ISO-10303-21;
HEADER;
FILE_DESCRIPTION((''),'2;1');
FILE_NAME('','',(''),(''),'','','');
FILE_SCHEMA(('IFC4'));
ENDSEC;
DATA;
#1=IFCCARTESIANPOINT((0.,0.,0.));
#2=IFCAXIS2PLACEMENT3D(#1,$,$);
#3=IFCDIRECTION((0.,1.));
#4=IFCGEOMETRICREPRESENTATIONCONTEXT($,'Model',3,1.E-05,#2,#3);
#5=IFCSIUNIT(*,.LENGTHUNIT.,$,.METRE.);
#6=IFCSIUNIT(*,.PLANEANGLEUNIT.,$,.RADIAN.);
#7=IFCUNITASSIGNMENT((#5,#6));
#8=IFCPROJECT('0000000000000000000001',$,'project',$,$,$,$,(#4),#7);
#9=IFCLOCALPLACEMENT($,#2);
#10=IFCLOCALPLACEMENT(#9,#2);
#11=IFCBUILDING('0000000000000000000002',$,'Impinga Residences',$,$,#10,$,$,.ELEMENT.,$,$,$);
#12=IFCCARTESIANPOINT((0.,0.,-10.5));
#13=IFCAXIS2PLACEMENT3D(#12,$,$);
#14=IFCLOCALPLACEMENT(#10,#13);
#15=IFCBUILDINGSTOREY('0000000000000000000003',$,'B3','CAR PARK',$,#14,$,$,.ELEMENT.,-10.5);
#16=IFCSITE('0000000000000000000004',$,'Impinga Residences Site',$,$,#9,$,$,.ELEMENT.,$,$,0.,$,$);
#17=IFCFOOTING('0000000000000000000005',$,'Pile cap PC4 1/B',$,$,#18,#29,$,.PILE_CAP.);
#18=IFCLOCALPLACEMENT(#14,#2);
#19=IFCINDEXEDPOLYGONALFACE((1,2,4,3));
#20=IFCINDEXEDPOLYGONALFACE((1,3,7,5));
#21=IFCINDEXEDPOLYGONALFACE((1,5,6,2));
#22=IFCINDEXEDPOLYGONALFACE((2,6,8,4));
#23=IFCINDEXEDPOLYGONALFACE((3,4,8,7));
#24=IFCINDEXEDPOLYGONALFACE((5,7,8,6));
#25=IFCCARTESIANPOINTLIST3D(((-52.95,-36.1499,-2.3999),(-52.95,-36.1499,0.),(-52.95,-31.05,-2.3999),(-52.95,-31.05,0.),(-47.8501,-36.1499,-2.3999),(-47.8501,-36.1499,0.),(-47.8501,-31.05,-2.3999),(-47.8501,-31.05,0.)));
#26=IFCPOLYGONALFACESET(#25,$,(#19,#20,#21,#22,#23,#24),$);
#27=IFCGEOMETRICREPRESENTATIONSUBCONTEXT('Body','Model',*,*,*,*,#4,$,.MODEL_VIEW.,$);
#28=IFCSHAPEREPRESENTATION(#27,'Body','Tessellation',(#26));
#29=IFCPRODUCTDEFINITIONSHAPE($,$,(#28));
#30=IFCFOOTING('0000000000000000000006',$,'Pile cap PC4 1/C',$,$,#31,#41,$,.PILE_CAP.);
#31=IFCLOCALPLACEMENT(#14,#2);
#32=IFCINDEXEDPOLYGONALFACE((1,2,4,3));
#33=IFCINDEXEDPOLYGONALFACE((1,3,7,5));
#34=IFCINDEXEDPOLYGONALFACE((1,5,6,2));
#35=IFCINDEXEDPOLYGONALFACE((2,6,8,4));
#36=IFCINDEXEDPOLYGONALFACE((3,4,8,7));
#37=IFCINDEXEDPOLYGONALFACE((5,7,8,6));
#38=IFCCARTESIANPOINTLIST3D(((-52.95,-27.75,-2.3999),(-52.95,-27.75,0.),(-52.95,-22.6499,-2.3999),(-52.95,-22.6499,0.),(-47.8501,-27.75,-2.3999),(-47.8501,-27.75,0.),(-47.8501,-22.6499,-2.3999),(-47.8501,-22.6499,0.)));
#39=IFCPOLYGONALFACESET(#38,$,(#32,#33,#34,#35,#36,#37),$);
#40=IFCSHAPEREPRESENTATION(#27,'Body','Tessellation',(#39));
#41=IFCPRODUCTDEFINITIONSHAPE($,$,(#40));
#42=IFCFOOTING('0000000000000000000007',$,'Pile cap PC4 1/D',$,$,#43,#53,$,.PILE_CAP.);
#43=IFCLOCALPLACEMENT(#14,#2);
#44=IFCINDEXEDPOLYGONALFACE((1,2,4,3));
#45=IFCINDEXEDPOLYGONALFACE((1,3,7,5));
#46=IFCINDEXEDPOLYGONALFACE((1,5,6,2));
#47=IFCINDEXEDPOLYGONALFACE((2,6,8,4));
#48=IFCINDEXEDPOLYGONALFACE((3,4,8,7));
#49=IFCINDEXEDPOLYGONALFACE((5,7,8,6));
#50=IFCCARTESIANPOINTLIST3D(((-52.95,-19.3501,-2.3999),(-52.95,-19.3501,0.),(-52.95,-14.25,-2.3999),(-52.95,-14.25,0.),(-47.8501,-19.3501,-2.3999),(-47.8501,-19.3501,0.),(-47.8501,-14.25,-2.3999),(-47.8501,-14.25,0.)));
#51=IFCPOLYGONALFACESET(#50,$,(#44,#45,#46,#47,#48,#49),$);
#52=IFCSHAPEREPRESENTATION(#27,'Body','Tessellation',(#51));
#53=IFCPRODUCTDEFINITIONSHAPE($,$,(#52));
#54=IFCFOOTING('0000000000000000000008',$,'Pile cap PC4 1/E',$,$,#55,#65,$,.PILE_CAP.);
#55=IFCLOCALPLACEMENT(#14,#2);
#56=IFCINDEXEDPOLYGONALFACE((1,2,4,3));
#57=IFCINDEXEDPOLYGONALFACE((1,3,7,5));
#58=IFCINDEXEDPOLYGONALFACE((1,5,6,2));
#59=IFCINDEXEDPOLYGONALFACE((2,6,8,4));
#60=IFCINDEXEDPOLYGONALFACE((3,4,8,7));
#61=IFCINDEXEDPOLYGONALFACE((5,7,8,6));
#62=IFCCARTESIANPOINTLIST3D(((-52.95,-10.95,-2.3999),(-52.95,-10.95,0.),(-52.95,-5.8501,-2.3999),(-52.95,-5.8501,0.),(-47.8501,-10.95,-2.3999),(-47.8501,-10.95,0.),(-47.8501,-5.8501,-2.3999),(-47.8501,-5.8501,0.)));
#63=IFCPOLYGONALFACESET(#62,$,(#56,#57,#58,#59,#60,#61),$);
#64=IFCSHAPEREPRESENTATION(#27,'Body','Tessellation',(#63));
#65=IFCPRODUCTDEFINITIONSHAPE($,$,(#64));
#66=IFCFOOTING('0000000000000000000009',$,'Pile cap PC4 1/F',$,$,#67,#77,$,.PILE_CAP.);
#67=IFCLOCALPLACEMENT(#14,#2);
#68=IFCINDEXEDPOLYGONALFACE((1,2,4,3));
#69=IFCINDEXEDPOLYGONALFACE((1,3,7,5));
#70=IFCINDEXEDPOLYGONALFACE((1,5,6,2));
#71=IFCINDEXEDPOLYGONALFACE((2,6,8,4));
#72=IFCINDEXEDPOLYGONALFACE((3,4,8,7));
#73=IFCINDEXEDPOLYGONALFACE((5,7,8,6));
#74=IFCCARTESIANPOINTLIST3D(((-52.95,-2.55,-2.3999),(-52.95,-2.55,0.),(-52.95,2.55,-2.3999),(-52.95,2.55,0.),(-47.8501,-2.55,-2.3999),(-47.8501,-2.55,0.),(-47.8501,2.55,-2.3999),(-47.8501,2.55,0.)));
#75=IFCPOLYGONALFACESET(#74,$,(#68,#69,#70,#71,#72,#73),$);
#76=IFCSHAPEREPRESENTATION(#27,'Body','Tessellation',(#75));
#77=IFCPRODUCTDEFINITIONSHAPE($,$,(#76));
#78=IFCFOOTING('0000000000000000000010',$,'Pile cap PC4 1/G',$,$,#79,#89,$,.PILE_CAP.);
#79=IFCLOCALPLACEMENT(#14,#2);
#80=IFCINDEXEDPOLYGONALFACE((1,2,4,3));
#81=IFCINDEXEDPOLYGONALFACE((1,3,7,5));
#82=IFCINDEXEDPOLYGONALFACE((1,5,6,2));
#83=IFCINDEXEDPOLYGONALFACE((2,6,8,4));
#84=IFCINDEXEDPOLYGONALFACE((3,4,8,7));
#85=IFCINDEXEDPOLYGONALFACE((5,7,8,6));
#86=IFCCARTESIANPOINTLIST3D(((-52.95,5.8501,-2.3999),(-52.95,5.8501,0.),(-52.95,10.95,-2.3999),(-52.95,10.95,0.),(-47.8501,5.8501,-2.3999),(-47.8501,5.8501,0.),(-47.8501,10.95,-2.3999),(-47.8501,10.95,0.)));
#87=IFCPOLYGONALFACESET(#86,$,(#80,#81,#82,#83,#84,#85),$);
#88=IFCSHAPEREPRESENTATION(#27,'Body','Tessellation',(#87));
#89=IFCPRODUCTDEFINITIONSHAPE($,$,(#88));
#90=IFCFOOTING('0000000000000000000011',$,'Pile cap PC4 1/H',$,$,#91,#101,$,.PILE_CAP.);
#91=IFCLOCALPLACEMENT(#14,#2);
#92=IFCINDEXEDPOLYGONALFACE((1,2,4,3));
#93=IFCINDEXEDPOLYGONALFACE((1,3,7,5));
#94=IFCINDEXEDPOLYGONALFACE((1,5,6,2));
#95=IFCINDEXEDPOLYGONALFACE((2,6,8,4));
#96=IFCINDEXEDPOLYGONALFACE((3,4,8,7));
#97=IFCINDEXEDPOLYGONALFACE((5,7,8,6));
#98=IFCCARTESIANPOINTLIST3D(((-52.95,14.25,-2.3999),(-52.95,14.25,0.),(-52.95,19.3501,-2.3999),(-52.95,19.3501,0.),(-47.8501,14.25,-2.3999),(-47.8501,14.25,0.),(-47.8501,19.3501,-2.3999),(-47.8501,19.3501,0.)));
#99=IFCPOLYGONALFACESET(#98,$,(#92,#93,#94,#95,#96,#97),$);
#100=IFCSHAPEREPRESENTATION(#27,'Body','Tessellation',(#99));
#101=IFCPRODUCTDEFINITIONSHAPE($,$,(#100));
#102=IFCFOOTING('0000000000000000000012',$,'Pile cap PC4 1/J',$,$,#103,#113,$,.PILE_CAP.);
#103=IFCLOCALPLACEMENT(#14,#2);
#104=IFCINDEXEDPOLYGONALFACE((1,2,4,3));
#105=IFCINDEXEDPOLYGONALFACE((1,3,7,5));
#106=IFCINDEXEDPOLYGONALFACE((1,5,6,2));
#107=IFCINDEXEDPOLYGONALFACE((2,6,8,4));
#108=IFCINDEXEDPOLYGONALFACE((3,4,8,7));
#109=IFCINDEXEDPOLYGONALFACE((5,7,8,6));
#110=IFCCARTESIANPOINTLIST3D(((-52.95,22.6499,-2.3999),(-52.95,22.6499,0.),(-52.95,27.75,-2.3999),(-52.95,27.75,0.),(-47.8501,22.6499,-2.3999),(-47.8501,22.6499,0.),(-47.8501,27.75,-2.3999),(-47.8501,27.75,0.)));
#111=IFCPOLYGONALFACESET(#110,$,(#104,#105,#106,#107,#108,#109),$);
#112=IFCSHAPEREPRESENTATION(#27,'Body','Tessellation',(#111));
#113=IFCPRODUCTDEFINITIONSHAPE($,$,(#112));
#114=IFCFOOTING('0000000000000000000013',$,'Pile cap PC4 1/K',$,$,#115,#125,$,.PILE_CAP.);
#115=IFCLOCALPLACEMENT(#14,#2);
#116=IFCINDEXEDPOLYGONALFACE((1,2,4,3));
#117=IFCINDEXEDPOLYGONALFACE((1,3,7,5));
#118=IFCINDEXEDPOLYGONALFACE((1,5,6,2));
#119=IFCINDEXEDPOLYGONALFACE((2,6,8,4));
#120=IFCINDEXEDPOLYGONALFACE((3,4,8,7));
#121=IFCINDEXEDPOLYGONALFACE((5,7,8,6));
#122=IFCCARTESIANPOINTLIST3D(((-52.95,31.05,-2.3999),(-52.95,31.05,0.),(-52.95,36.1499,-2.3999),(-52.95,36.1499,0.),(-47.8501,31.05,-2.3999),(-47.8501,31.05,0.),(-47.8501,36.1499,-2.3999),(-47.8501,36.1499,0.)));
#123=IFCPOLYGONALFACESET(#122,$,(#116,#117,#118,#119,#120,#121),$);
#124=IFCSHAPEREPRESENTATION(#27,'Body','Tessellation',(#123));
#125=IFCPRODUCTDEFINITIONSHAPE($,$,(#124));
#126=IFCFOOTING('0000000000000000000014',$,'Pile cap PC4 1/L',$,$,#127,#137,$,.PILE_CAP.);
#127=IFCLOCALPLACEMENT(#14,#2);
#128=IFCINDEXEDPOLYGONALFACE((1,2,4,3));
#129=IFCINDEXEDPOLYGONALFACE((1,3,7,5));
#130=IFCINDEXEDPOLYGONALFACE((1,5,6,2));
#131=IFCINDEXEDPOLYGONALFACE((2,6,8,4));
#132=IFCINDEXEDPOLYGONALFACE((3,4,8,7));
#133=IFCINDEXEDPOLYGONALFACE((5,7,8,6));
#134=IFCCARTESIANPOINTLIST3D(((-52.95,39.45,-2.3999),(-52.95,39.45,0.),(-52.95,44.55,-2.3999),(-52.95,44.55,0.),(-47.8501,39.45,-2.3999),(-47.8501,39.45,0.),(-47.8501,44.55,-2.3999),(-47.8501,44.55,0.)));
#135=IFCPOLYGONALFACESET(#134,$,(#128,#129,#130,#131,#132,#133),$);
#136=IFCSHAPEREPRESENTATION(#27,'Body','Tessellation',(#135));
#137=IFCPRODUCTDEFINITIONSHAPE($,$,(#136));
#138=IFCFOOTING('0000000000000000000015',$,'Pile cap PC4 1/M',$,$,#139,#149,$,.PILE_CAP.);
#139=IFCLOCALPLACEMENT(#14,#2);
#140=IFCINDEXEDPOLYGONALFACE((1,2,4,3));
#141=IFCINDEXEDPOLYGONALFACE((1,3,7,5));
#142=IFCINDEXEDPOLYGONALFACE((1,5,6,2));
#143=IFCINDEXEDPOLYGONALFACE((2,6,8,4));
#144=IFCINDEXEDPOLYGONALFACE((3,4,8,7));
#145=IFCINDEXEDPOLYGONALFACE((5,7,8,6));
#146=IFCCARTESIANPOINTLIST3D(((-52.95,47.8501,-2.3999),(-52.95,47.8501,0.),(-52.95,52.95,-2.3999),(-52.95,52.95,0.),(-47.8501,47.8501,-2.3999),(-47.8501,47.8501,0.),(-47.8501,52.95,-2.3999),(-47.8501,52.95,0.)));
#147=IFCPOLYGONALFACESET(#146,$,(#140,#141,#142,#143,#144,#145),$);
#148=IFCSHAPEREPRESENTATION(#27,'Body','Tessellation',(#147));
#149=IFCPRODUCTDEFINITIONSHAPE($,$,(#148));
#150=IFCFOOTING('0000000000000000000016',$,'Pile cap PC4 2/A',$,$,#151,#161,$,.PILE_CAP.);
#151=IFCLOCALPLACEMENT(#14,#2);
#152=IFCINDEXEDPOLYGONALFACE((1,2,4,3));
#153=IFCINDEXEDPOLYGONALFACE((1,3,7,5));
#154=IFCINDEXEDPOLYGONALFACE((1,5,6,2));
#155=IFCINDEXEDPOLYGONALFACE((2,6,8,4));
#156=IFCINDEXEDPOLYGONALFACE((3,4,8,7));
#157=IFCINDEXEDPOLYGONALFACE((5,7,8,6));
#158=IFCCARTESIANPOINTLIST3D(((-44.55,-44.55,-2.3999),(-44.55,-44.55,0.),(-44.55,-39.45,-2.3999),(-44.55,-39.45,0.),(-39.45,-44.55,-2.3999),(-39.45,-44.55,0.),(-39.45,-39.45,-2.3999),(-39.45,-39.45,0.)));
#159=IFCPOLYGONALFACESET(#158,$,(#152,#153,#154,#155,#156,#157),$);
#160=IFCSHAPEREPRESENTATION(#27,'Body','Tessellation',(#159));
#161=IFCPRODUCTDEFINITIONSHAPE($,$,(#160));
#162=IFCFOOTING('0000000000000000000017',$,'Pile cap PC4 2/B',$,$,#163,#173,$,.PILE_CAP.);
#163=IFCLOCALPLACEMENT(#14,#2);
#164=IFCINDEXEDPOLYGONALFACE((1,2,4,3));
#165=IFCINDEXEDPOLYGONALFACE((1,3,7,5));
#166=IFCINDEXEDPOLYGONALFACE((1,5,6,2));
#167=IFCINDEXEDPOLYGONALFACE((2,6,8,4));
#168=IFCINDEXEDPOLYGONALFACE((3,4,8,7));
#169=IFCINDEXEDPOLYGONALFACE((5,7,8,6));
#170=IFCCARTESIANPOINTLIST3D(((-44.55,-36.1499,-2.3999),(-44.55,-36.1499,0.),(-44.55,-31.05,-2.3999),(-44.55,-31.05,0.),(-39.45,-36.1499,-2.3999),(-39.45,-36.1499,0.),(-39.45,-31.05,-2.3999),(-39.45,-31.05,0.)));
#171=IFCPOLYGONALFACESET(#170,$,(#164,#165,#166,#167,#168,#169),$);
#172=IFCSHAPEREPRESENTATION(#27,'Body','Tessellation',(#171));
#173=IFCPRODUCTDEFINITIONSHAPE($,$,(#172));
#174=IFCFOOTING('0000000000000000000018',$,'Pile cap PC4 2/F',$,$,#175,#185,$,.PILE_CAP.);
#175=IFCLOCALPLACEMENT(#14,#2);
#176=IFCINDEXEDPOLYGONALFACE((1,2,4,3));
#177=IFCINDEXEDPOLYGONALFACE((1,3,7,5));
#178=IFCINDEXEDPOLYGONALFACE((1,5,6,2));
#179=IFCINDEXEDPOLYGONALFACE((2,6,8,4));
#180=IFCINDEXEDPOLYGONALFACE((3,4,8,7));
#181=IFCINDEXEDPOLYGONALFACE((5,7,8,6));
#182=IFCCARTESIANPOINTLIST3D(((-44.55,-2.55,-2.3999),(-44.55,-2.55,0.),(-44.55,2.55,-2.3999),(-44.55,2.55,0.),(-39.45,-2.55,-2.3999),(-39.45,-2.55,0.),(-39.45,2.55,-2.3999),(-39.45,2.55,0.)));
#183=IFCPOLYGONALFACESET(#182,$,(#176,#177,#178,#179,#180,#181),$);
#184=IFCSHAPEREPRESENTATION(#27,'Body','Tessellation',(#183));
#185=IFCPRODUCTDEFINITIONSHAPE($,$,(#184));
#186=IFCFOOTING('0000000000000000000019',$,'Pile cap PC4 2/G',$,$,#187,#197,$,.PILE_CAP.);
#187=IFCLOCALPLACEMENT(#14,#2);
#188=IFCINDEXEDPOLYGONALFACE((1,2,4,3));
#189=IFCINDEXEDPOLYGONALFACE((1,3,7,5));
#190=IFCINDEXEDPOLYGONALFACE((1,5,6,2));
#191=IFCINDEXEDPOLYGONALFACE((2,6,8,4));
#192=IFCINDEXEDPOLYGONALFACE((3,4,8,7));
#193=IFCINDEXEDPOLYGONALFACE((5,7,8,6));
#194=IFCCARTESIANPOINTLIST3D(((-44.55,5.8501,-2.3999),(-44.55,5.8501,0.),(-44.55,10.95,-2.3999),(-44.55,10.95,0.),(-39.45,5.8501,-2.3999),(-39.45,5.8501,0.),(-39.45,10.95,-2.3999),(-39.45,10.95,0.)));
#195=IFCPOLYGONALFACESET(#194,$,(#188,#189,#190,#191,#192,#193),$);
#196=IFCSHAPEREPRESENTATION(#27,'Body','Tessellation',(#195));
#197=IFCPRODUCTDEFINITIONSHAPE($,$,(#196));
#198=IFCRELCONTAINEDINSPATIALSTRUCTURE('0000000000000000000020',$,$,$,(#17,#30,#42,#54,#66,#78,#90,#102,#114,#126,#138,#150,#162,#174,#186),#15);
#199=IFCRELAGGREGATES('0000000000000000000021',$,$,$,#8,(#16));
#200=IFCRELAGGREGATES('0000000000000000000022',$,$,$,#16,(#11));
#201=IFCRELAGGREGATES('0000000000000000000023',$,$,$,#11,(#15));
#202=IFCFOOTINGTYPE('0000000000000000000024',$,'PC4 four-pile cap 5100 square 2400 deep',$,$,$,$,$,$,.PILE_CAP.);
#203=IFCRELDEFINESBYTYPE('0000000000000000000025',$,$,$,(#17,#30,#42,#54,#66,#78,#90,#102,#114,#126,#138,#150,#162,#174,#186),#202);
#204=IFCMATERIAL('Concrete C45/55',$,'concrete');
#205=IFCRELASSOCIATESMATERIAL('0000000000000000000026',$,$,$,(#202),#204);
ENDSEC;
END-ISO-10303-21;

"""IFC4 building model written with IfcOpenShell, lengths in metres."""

from ifc_helpers import new_model, si_unit, direction, frame, origin, place, context, subcontext, project, spatial, polyline, outline, extrude, material, type_object, element, save


model = new_model("IFC4")

# Units and contexts
model_context = context("Model", 3, precision=1e-05, world=origin(), true_north=direction((0.0, 1.0)))
body_context = subcontext(model_context, "Body", "Model", "MODEL_VIEW")
ifc_project = project(units=[si_unit("LENGTHUNIT", "METRE"), si_unit("PLANEANGLEUNIT", "RADIAN")], contexts=[model_context])

# Site, building, storey
site_placement = place(None, origin())
site = spatial("IfcSite", under=ifc_project, at=site_placement, Name="Impinga Residences Site", CompositionType="ELEMENT", RefElevation=0.0)
building_placement = place(site_placement, origin())
building = spatial("IfcBuilding", under=site, at=building_placement, Name="Impinga Residences", CompositionType="ELEMENT")
storey_placement = place(building_placement, frame((0.0, 0.0, -10.5)))
storey = spatial("IfcBuildingStorey", under=building, at=storey_placement, Name="B3", Description="CAR PARK", CompositionType="ELEMENT", Elevation=-10.5)

# Footings
ifc_material = material(Name="Concrete C45/55", Category="concrete")
footing_type = type_object("IfcFootingType", Name="PC4 four-pile cap 5100 square 2400 deep", PredefinedType="PILE_CAP", material=ifc_material)
footing_1_placement = place(storey_placement, frame((0.0, 0.0, -2.3999)))
element("IfcFooting", 1, at=footing_1_placement, inside=storey, type_object=footing_type, Name="Pile cap PC4 1/B", PredefinedType="PILE_CAP", context=body_context, shape_type="SweptSolid", body=[
    extrude(outline(polyline([(-47.8501, -36.1499), (-47.8501, -31.05), (-52.95, -31.05), (-52.95, -36.1499), (-47.8501, -36.1499)])), origin(), (0.0, 0.0, 1.0), 2.3999),
])
footing_2_placement = place(storey_placement, frame((0.0, 0.0, -2.3999)))
element("IfcFooting", 2, at=footing_2_placement, inside=storey, type_object=footing_type, Name="Pile cap PC4 1/C", PredefinedType="PILE_CAP", context=body_context, shape_type="SweptSolid", body=[
    extrude(outline(polyline([(-47.8501, -27.75), (-47.8501, -22.6499), (-52.95, -22.6499), (-52.95, -27.75), (-47.8501, -27.75)])), origin(), (0.0, 0.0, 1.0), 2.3999),
])
footing_3_placement = place(storey_placement, frame((0.0, 0.0, -2.3999)))
element("IfcFooting", 3, at=footing_3_placement, inside=storey, type_object=footing_type, Name="Pile cap PC4 1/D", PredefinedType="PILE_CAP", context=body_context, shape_type="SweptSolid", body=[
    extrude(outline(polyline([(-47.8501, -19.3501), (-47.8501, -14.25), (-52.95, -14.25), (-52.95, -19.3501), (-47.8501, -19.3501)])), origin(), (0.0, 0.0, 1.0), 2.3999),
])
footing_4_placement = place(storey_placement, frame((0.0, 0.0, -2.3999)))
element("IfcFooting", 4, at=footing_4_placement, inside=storey, type_object=footing_type, Name="Pile cap PC4 1/E", PredefinedType="PILE_CAP", context=body_context, shape_type="SweptSolid", body=[
    extrude(outline(polyline([(-47.8501, -10.95), (-47.8501, -5.8501), (-52.95, -5.8501), (-52.95, -10.95), (-47.8501, -10.95)])), origin(), (0.0, 0.0, 1.0), 2.3999),
])
footing_5_placement = place(storey_placement, frame((0.0, 0.0, -2.3999)))
element("IfcFooting", 5, at=footing_5_placement, inside=storey, type_object=footing_type, Name="Pile cap PC4 1/F", PredefinedType="PILE_CAP", context=body_context, shape_type="SweptSolid", body=[
    extrude(outline(polyline([(-47.8501, -2.55), (-47.8501, 2.55), (-52.95, 2.55), (-52.95, -2.55), (-47.8501, -2.55)])), origin(), (0.0, 0.0, 1.0), 2.3999),
])
footing_6_placement = place(storey_placement, frame((0.0, 0.0, -2.3999)))
element("IfcFooting", 6, at=footing_6_placement, inside=storey, type_object=footing_type, Name="Pile cap PC4 1/G", PredefinedType="PILE_CAP", context=body_context, shape_type="SweptSolid", body=[
    extrude(outline(polyline([(-47.8501, 5.8501), (-47.8501, 10.95), (-52.95, 10.95), (-52.95, 5.8501), (-47.8501, 5.8501)])), origin(), (0.0, 0.0, 1.0), 2.3999),
])
footing_7_placement = place(storey_placement, frame((0.0, 0.0, -2.3999)))
element("IfcFooting", 7, at=footing_7_placement, inside=storey, type_object=footing_type, Name="Pile cap PC4 1/H", PredefinedType="PILE_CAP", context=body_context, shape_type="SweptSolid", body=[
    extrude(outline(polyline([(-47.8501, 14.25), (-47.8501, 19.3501), (-52.95, 19.3501), (-52.95, 14.25), (-47.8501, 14.25)])), origin(), (0.0, 0.0, 1.0), 2.3999),
])
footing_8_placement = place(storey_placement, frame((0.0, 0.0, -2.3999)))
element("IfcFooting", 8, at=footing_8_placement, inside=storey, type_object=footing_type, Name="Pile cap PC4 1/J", PredefinedType="PILE_CAP", context=body_context, shape_type="SweptSolid", body=[
    extrude(outline(polyline([(-47.8501, 22.6499), (-47.8501, 27.75), (-52.95, 27.75), (-52.95, 22.6499), (-47.8501, 22.6499)])), origin(), (0.0, 0.0, 1.0), 2.3999),
])
footing_9_placement = place(storey_placement, frame((0.0, 0.0, -2.3999)))
element("IfcFooting", 9, at=footing_9_placement, inside=storey, type_object=footing_type, Name="Pile cap PC4 1/K", PredefinedType="PILE_CAP", context=body_context, shape_type="SweptSolid", body=[
    extrude(outline(polyline([(-47.8501, 31.05), (-47.8501, 36.1499), (-52.95, 36.1499), (-52.95, 31.05), (-47.8501, 31.05)])), origin(), (0.0, 0.0, 1.0), 2.3999),
])
footing_10_placement = place(storey_placement, frame((0.0, 0.0, -2.3999)))
element("IfcFooting", 10, at=footing_10_placement, inside=storey, type_object=footing_type, Name="Pile cap PC4 1/L", PredefinedType="PILE_CAP", context=body_context, shape_type="SweptSolid", body=[
    extrude(outline(polyline([(-47.8501, 39.45), (-47.8501, 44.55), (-52.95, 44.55), (-52.95, 39.45), (-47.8501, 39.45)])), origin(), (0.0, 0.0, 1.0), 2.3999),
])
footing_11_placement = place(storey_placement, frame((0.0, 0.0, -2.3999)))
element("IfcFooting", 11, at=footing_11_placement, inside=storey, type_object=footing_type, Name="Pile cap PC4 1/M", PredefinedType="PILE_CAP", context=body_context, shape_type="SweptSolid", body=[
    extrude(outline(polyline([(-47.8501, 47.8501), (-47.8501, 52.95), (-52.95, 52.95), (-52.95, 47.8501), (-47.8501, 47.8501)])), origin(), (0.0, 0.0, 1.0), 2.3999),
])
footing_12_placement = place(storey_placement, frame((0.0, 0.0, -2.3999)))
element("IfcFooting", 12, at=footing_12_placement, inside=storey, type_object=footing_type, Name="Pile cap PC4 2/A", PredefinedType="PILE_CAP", context=body_context, shape_type="SweptSolid", body=[
    extrude(outline(polyline([(-39.45, -44.55), (-39.45, -39.45), (-44.55, -39.45), (-44.55, -44.55), (-39.45, -44.55)])), origin(), (0.0, 0.0, 1.0), 2.3999),
])
footing_13_placement = place(storey_placement, frame((0.0, 0.0, -2.3999)))
element("IfcFooting", 13, at=footing_13_placement, inside=storey, type_object=footing_type, Name="Pile cap PC4 2/B", PredefinedType="PILE_CAP", context=body_context, shape_type="SweptSolid", body=[
    extrude(outline(polyline([(-39.45, -36.1499), (-39.45, -31.05), (-44.55, -31.05), (-44.55, -36.1499), (-39.45, -36.1499)])), origin(), (0.0, 0.0, 1.0), 2.3999),
])
footing_14_placement = place(storey_placement, frame((0.0, 0.0, -2.3999)))
element("IfcFooting", 14, at=footing_14_placement, inside=storey, type_object=footing_type, Name="Pile cap PC4 2/F", PredefinedType="PILE_CAP", context=body_context, shape_type="SweptSolid", body=[
    extrude(outline(polyline([(-39.45, -2.55), (-39.45, 2.55), (-44.55, 2.55), (-44.55, -2.55), (-39.45, -2.55)])), origin(), (0.0, 0.0, 1.0), 2.3999),
])
footing_15_placement = place(storey_placement, frame((0.0, 0.0, -2.3999)))
element("IfcFooting", 15, at=footing_15_placement, inside=storey, type_object=footing_type, Name="Pile cap PC4 2/G", PredefinedType="PILE_CAP", context=body_context, shape_type="SweptSolid", body=[
    extrude(outline(polyline([(-39.45, 5.8501), (-39.45, 10.95), (-44.55, 10.95), (-44.55, 5.8501), (-39.45, 5.8501)])), origin(), (0.0, 0.0, 1.0), 2.3999),
])

save(model, "model.ifc")
